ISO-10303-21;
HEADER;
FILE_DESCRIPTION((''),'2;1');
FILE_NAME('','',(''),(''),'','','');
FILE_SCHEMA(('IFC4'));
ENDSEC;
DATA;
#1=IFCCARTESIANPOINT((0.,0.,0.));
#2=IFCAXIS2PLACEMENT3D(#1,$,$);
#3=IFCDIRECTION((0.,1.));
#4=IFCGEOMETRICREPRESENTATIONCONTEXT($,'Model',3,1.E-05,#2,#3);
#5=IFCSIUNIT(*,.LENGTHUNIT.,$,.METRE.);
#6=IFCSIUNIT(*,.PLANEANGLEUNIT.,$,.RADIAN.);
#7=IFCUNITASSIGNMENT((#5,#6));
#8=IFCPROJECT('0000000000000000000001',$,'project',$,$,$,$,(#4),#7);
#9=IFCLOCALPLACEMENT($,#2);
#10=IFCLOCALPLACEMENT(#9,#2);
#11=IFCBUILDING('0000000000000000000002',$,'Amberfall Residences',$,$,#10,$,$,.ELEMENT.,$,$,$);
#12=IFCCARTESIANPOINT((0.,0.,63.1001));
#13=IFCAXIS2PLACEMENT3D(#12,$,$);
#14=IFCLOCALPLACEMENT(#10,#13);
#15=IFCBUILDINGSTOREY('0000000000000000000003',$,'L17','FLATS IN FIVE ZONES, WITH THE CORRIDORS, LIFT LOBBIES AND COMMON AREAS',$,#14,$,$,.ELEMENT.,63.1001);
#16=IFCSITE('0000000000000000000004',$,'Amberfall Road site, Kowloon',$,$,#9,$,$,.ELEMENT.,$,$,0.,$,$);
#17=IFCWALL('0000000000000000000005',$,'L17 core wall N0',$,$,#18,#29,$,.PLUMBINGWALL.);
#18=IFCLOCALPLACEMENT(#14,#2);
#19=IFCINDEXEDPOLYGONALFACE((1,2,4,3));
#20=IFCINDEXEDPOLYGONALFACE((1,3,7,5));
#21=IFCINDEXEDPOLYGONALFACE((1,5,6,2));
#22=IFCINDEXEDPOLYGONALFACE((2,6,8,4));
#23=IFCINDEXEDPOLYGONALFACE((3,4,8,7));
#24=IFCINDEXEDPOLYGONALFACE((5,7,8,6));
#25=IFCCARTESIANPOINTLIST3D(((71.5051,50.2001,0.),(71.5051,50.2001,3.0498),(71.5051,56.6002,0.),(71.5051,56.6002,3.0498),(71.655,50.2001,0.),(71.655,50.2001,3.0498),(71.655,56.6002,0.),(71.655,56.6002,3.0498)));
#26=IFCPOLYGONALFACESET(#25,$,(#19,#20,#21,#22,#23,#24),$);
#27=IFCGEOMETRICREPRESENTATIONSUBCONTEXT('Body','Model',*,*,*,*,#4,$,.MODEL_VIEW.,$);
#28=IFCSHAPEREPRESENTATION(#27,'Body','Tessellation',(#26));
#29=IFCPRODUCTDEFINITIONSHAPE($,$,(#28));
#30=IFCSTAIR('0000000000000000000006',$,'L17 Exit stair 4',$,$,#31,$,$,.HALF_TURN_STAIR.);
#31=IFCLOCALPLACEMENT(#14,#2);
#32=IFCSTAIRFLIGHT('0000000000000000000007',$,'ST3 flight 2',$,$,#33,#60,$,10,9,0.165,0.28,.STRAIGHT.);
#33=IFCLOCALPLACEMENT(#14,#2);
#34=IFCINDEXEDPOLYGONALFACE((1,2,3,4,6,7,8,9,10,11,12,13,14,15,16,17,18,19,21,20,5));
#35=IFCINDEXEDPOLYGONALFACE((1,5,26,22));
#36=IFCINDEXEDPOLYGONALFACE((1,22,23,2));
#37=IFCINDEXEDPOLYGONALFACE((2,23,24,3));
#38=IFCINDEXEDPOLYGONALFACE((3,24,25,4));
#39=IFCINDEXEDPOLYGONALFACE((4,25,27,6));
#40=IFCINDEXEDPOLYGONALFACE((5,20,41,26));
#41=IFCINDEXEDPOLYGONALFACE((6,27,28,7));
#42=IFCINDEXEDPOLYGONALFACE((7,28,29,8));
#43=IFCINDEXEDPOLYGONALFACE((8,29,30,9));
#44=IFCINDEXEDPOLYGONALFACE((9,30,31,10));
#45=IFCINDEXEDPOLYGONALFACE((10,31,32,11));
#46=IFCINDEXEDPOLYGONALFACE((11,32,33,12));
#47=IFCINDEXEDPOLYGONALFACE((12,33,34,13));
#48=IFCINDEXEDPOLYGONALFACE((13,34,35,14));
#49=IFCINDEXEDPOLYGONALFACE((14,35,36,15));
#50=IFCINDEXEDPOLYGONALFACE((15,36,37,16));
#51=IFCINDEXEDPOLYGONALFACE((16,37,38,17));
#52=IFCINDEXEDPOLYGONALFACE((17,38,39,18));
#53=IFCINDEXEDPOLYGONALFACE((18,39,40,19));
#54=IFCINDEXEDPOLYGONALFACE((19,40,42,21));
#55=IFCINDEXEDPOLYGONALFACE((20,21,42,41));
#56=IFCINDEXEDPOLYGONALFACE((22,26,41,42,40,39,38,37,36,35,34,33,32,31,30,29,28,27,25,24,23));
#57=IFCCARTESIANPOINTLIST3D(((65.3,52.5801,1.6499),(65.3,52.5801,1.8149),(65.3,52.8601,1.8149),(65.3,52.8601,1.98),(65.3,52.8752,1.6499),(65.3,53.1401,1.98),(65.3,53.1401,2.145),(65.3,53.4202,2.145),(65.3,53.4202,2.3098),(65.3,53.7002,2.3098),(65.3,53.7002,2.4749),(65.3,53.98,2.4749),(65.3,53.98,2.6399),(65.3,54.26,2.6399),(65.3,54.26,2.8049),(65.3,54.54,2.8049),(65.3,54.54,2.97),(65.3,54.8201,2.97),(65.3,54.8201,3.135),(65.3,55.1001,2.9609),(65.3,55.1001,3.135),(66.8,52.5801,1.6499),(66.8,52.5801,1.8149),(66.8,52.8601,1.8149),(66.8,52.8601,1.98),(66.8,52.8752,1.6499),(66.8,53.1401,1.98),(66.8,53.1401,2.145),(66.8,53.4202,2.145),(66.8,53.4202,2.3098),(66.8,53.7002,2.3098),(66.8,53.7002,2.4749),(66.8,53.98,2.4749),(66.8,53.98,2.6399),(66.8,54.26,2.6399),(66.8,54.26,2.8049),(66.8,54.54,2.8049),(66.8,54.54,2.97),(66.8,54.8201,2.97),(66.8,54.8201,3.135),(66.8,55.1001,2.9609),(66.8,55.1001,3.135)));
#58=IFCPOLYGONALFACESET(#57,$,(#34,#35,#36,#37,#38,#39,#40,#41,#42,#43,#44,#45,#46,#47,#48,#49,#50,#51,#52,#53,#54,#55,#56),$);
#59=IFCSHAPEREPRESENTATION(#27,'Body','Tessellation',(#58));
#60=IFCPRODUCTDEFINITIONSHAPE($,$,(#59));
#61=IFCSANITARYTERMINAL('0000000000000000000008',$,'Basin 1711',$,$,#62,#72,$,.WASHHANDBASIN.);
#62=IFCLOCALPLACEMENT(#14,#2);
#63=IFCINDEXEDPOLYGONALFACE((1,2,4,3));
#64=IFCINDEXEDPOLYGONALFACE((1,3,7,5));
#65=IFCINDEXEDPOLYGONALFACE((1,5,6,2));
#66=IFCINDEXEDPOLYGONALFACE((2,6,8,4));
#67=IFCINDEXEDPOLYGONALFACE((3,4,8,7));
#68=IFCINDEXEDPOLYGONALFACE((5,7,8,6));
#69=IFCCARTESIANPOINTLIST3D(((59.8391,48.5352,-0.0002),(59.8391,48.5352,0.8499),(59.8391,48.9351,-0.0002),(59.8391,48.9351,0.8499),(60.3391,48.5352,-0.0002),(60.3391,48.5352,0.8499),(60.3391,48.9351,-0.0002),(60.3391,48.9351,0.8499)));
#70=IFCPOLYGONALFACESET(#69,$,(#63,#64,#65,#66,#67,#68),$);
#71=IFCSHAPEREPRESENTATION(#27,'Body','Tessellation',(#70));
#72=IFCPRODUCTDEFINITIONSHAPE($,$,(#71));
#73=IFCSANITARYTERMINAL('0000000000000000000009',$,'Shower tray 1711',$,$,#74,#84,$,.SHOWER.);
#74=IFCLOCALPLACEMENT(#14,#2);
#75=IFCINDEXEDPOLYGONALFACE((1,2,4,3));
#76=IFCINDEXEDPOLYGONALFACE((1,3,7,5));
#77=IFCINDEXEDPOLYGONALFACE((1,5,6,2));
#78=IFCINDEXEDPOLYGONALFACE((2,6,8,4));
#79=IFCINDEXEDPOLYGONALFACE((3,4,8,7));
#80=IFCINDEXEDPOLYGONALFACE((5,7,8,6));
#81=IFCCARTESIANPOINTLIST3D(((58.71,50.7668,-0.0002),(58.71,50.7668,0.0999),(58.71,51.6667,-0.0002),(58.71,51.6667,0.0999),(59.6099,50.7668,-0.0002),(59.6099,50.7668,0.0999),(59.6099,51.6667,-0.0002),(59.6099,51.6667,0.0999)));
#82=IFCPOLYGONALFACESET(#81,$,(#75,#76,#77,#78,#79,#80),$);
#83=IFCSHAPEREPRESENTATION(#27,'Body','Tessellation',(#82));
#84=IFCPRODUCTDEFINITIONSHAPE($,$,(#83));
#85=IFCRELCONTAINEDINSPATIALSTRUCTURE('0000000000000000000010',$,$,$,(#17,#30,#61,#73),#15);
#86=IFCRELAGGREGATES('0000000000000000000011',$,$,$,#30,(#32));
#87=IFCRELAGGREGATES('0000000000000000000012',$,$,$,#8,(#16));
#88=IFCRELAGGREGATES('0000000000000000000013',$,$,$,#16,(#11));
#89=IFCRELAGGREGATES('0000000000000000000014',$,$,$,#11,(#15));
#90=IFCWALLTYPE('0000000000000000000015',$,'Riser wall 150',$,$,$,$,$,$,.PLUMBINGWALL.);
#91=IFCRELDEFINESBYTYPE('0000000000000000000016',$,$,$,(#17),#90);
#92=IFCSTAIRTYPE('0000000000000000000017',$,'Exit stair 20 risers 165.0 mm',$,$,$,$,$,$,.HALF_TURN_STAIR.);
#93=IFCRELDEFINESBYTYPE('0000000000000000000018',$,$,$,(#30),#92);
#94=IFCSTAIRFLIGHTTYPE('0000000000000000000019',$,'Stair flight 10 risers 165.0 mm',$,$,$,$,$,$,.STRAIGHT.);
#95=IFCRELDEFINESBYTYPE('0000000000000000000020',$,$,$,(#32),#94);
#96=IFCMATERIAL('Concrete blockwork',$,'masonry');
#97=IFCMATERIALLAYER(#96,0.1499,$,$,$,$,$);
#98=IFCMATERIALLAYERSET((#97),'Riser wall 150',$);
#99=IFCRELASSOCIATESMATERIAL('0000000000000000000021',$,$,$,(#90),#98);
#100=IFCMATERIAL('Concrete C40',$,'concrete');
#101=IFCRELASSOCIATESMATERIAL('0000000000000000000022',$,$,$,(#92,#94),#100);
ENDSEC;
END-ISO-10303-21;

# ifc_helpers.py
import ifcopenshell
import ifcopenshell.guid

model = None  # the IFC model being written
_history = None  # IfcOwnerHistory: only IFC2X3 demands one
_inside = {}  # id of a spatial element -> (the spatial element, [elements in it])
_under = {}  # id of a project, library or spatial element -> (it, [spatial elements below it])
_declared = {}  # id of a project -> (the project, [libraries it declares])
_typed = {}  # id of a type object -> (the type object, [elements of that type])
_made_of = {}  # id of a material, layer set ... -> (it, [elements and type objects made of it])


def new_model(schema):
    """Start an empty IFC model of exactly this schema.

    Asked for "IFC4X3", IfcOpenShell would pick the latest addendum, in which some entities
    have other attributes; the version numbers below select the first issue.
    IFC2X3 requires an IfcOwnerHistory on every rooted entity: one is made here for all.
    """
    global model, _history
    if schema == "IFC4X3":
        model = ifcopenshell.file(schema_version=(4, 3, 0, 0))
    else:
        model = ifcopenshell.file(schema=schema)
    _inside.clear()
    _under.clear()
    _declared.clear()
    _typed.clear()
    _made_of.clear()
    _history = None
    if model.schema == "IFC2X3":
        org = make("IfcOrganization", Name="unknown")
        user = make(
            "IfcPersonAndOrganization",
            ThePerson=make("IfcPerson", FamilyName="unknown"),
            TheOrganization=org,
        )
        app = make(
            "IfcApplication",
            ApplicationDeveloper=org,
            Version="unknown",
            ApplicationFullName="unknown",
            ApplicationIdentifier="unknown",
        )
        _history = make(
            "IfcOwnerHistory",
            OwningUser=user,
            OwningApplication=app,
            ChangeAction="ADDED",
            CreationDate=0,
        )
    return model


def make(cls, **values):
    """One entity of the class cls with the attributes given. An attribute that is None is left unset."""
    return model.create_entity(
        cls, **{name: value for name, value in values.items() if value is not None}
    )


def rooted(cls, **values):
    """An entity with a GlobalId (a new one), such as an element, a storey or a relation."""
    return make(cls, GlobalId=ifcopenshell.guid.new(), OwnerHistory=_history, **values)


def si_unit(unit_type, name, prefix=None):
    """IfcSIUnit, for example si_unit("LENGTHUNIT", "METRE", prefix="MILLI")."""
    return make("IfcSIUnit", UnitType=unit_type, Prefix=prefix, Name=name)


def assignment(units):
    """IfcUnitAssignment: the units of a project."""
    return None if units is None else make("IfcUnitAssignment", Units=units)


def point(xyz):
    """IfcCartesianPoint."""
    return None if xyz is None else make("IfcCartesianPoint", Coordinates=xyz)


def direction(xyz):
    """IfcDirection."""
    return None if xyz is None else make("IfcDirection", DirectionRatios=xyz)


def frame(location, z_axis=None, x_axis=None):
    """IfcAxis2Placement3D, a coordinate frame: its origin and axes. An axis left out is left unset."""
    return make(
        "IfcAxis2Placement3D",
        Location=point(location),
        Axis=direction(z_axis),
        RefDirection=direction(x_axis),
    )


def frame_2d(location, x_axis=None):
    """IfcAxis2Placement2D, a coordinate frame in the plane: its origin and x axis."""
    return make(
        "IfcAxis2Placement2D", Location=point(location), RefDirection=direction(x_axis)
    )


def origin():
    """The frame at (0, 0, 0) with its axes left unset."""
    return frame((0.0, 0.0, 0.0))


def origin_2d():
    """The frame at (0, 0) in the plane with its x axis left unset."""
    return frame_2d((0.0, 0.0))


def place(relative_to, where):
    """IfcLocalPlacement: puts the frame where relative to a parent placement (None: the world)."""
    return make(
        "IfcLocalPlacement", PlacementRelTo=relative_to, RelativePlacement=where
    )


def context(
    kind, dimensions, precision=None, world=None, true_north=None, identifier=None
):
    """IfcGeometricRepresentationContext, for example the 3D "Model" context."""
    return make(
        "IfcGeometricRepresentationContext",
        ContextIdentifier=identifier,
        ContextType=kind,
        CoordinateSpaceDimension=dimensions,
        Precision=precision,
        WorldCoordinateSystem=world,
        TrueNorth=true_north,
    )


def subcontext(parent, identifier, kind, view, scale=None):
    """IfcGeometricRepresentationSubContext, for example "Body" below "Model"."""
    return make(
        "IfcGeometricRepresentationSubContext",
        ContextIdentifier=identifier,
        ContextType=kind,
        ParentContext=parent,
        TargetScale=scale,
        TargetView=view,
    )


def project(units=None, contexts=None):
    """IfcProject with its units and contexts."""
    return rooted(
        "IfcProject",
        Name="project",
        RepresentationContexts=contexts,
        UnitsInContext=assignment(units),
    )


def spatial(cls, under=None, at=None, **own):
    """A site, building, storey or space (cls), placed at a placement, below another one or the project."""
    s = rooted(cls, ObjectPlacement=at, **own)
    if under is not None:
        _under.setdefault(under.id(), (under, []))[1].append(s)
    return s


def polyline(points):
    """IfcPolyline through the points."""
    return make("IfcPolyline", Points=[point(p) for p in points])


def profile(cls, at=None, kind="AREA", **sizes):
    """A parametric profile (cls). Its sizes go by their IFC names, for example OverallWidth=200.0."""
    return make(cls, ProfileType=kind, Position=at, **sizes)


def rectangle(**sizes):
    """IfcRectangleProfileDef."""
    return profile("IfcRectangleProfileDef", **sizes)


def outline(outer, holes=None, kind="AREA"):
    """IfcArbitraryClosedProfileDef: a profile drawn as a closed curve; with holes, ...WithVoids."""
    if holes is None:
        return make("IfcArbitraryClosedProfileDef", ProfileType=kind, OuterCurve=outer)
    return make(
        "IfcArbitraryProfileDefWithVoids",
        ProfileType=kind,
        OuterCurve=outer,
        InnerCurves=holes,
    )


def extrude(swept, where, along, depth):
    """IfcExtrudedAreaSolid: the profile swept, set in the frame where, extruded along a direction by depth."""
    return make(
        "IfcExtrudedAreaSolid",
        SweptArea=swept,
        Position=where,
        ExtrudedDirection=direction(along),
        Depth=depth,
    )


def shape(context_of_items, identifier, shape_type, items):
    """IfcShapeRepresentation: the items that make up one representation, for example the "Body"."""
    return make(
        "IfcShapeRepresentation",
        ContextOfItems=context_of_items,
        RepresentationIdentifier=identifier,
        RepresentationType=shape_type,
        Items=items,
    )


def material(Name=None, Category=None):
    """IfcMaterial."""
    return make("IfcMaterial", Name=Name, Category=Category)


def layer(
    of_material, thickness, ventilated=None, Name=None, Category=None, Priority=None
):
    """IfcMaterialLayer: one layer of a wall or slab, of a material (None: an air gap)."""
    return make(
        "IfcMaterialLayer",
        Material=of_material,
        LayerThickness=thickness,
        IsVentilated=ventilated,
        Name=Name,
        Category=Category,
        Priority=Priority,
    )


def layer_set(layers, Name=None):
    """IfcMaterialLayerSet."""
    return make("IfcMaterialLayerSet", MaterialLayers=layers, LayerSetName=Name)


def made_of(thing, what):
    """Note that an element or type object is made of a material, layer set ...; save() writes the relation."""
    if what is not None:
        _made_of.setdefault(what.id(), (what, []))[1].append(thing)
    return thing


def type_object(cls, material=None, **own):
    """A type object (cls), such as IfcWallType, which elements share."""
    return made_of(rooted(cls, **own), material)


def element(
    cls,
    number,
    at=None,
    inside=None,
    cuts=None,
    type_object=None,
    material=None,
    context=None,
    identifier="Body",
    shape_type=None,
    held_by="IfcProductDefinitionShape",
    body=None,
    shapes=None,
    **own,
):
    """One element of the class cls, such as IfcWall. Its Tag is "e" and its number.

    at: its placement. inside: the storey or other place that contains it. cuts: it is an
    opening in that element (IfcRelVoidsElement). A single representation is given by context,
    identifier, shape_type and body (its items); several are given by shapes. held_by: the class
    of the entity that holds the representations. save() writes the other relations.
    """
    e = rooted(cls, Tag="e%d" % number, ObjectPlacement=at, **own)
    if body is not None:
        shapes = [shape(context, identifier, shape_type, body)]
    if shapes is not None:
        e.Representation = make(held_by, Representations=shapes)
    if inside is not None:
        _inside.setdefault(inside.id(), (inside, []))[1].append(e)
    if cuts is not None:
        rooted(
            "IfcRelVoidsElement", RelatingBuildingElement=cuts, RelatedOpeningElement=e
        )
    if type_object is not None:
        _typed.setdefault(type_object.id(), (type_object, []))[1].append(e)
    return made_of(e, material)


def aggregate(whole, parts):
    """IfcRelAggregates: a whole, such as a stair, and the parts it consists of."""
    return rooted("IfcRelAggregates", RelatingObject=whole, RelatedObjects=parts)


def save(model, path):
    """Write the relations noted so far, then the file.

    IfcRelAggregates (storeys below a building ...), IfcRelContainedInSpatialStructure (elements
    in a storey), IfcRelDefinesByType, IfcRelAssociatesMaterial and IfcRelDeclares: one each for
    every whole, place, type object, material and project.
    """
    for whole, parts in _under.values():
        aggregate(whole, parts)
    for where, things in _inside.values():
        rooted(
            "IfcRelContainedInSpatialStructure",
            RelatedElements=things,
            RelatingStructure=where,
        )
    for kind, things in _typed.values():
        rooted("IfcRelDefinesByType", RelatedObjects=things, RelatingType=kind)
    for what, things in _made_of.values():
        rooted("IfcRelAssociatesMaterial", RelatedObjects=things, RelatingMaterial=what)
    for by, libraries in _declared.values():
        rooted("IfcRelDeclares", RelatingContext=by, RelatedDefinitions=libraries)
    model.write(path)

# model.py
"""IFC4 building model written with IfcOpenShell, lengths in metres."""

from ifc_helpers import new_model, si_unit, direction, frame, frame_2d, origin, origin_2d, place, context, subcontext, project, spatial, polyline, rectangle, outline, extrude, material, layer, layer_set, type_object, element, aggregate, save


model = new_model("IFC4")

# Units and contexts
model_context = context("Model", 3, precision=1e-05, world=origin(), true_north=direction((0.0, 1.0)))
body_context = subcontext(model_context, "Body", "Model", "MODEL_VIEW")
ifc_project = project(units=[si_unit("LENGTHUNIT", "METRE"), si_unit("PLANEANGLEUNIT", "RADIAN")], contexts=[model_context])

# Site, building, storey
site_placement = place(None, origin())
site = spatial("IfcSite", under=ifc_project, at=site_placement, Name="Amberfall Road site, Kowloon", CompositionType="ELEMENT", RefElevation=0.0)
building_placement = place(site_placement, origin())
building = spatial("IfcBuilding", under=site, at=building_placement, Name="Amberfall Residences", CompositionType="ELEMENT")
storey_placement = place(building_placement, frame((0.0, 0.0, 63.1001)))
storey = spatial("IfcBuildingStorey", under=building, at=storey_placement, Name="L17", Description="FLATS IN FIVE ZONES, WITH THE CORRIDORS, LIFT LOBBIES AND COMMON AREAS", CompositionType="ELEMENT", Elevation=63.1001)

# Wall
ifc_material_1 = material(Name="Concrete blockwork", Category="masonry")
ifc_layer_1 = layer(ifc_material_1, 0.1499)
ifc_layer_set_1 = layer_set([ifc_layer_1], Name="Riser wall 150")
wall_type_1 = type_object("IfcWallType", Name="Riser wall 150", PredefinedType="PLUMBINGWALL", material=ifc_layer_set_1)
wall_1_placement = place(storey_placement, frame((71.5801, 50.2, 0.0), z_axis=(0.0, 0.0, 1.0), x_axis=(0.0, 1.0, 0.0)))
element("IfcWall", 1, at=wall_1_placement, inside=storey, type_object=wall_type_1, Name="L17 core wall N0", PredefinedType="PLUMBINGWALL", context=body_context, shape_type="SweptSolid", body=[
    extrude(rectangle(XDim=6.4001, YDim=0.1499, at=frame_2d((3.2002, 0.0))), origin(), (0.0, 0.0, 1.0), 3.0498),
])

# Stair, stair flight
ifc_material_2 = material(Name="Concrete C40", Category="concrete")
stair_type = type_object("IfcStairType", Name="Exit stair 20 risers 165.0 mm", PredefinedType="HALF_TURN_STAIR", material=ifc_material_2)
stair_placement = place(storey_placement, origin())
stair = element("IfcStair", 2, at=stair_placement, inside=storey, type_object=stair_type, Name="L17 Exit stair 4", PredefinedType="HALF_TURN_STAIR")
stair_flight_type = type_object("IfcStairFlightType", Name="Stair flight 10 risers 165.0 mm", PredefinedType="STRAIGHT", material=ifc_material_2)
stair_flight_placement = place(storey_placement, frame((66.05, 52.5801, 1.6499), z_axis=(0.0, 0.0, 1.0), x_axis=(0.0, 1.0, 0.0)))
stair_flight = element("IfcStairFlight", 3, at=stair_flight_placement, type_object=stair_flight_type, Name="ST3 flight 2", NumberOfRisers=10, NumberOfTreads=9, PredefinedType="STRAIGHT", RiserHeight=0.165, TreadLength=0.28, context=body_context, shape_type="SweptSolid", body=[
    extrude(outline(polyline([(0.0, 0.0), (0.0, 0.165), (0.28, 0.165), (0.28, 0.3301), (0.5601, 0.3301), (0.5601, 0.4951), (0.8401, 0.4951), (0.8401, 0.6599), (1.1201, 0.6599), (1.1201, 0.825), (1.3999, 0.825), (1.3999, 0.99), (1.6799, 0.99), (1.6799, 1.155), (1.96, 1.155), (1.96, 1.3201), (2.24, 1.3201), (2.24, 1.4851), (2.52, 1.4851), (2.52, 1.6499), (2.52, 1.311), (0.2952, 0.0), (0.0, 0.0)])), frame((0.0, 0.75, 0.0), z_axis=(0.0, -1.0, 0.0), x_axis=(1.0, 0.0, 0.0)), (0.0, 0.0, 1.0), 1.5),
])
aggregate(stair, [stair_flight])

# Sanitary terminals
sanitary_terminal_1_placement = place(storey_placement, frame((60.0891, 48.7351, -0.0002), z_axis=(0.0, 0.0, 1.0), x_axis=(1.0, 0.0, 0.0)))
element("IfcSanitaryTerminal", 4, at=sanitary_terminal_1_placement, inside=storey, Name="Basin 1711", PredefinedType="WASHHANDBASIN", context=body_context, shape_type="SweptSolid", body=[
    extrude(rectangle(XDim=0.5, YDim=0.3999, at=origin_2d()), origin(), (0.0, 0.0, 1.0), 0.8501),
])
sanitary_terminal_2_placement = place(storey_placement, frame((59.1599, 51.2168, -0.0002), z_axis=(0.0, 0.0, 1.0), x_axis=(1.0, 0.0, 0.0)))
element("IfcSanitaryTerminal", 5, at=sanitary_terminal_2_placement, inside=storey, Name="Shower tray 1711", PredefinedType="SHOWER", context=body_context, shape_type="SweptSolid", body=[
    extrude(rectangle(XDim=0.8999, YDim=0.8999, at=origin_2d()), origin(), (0.0, 0.0, 1.0), 0.1001),
])

save(model, "model.ifc")
